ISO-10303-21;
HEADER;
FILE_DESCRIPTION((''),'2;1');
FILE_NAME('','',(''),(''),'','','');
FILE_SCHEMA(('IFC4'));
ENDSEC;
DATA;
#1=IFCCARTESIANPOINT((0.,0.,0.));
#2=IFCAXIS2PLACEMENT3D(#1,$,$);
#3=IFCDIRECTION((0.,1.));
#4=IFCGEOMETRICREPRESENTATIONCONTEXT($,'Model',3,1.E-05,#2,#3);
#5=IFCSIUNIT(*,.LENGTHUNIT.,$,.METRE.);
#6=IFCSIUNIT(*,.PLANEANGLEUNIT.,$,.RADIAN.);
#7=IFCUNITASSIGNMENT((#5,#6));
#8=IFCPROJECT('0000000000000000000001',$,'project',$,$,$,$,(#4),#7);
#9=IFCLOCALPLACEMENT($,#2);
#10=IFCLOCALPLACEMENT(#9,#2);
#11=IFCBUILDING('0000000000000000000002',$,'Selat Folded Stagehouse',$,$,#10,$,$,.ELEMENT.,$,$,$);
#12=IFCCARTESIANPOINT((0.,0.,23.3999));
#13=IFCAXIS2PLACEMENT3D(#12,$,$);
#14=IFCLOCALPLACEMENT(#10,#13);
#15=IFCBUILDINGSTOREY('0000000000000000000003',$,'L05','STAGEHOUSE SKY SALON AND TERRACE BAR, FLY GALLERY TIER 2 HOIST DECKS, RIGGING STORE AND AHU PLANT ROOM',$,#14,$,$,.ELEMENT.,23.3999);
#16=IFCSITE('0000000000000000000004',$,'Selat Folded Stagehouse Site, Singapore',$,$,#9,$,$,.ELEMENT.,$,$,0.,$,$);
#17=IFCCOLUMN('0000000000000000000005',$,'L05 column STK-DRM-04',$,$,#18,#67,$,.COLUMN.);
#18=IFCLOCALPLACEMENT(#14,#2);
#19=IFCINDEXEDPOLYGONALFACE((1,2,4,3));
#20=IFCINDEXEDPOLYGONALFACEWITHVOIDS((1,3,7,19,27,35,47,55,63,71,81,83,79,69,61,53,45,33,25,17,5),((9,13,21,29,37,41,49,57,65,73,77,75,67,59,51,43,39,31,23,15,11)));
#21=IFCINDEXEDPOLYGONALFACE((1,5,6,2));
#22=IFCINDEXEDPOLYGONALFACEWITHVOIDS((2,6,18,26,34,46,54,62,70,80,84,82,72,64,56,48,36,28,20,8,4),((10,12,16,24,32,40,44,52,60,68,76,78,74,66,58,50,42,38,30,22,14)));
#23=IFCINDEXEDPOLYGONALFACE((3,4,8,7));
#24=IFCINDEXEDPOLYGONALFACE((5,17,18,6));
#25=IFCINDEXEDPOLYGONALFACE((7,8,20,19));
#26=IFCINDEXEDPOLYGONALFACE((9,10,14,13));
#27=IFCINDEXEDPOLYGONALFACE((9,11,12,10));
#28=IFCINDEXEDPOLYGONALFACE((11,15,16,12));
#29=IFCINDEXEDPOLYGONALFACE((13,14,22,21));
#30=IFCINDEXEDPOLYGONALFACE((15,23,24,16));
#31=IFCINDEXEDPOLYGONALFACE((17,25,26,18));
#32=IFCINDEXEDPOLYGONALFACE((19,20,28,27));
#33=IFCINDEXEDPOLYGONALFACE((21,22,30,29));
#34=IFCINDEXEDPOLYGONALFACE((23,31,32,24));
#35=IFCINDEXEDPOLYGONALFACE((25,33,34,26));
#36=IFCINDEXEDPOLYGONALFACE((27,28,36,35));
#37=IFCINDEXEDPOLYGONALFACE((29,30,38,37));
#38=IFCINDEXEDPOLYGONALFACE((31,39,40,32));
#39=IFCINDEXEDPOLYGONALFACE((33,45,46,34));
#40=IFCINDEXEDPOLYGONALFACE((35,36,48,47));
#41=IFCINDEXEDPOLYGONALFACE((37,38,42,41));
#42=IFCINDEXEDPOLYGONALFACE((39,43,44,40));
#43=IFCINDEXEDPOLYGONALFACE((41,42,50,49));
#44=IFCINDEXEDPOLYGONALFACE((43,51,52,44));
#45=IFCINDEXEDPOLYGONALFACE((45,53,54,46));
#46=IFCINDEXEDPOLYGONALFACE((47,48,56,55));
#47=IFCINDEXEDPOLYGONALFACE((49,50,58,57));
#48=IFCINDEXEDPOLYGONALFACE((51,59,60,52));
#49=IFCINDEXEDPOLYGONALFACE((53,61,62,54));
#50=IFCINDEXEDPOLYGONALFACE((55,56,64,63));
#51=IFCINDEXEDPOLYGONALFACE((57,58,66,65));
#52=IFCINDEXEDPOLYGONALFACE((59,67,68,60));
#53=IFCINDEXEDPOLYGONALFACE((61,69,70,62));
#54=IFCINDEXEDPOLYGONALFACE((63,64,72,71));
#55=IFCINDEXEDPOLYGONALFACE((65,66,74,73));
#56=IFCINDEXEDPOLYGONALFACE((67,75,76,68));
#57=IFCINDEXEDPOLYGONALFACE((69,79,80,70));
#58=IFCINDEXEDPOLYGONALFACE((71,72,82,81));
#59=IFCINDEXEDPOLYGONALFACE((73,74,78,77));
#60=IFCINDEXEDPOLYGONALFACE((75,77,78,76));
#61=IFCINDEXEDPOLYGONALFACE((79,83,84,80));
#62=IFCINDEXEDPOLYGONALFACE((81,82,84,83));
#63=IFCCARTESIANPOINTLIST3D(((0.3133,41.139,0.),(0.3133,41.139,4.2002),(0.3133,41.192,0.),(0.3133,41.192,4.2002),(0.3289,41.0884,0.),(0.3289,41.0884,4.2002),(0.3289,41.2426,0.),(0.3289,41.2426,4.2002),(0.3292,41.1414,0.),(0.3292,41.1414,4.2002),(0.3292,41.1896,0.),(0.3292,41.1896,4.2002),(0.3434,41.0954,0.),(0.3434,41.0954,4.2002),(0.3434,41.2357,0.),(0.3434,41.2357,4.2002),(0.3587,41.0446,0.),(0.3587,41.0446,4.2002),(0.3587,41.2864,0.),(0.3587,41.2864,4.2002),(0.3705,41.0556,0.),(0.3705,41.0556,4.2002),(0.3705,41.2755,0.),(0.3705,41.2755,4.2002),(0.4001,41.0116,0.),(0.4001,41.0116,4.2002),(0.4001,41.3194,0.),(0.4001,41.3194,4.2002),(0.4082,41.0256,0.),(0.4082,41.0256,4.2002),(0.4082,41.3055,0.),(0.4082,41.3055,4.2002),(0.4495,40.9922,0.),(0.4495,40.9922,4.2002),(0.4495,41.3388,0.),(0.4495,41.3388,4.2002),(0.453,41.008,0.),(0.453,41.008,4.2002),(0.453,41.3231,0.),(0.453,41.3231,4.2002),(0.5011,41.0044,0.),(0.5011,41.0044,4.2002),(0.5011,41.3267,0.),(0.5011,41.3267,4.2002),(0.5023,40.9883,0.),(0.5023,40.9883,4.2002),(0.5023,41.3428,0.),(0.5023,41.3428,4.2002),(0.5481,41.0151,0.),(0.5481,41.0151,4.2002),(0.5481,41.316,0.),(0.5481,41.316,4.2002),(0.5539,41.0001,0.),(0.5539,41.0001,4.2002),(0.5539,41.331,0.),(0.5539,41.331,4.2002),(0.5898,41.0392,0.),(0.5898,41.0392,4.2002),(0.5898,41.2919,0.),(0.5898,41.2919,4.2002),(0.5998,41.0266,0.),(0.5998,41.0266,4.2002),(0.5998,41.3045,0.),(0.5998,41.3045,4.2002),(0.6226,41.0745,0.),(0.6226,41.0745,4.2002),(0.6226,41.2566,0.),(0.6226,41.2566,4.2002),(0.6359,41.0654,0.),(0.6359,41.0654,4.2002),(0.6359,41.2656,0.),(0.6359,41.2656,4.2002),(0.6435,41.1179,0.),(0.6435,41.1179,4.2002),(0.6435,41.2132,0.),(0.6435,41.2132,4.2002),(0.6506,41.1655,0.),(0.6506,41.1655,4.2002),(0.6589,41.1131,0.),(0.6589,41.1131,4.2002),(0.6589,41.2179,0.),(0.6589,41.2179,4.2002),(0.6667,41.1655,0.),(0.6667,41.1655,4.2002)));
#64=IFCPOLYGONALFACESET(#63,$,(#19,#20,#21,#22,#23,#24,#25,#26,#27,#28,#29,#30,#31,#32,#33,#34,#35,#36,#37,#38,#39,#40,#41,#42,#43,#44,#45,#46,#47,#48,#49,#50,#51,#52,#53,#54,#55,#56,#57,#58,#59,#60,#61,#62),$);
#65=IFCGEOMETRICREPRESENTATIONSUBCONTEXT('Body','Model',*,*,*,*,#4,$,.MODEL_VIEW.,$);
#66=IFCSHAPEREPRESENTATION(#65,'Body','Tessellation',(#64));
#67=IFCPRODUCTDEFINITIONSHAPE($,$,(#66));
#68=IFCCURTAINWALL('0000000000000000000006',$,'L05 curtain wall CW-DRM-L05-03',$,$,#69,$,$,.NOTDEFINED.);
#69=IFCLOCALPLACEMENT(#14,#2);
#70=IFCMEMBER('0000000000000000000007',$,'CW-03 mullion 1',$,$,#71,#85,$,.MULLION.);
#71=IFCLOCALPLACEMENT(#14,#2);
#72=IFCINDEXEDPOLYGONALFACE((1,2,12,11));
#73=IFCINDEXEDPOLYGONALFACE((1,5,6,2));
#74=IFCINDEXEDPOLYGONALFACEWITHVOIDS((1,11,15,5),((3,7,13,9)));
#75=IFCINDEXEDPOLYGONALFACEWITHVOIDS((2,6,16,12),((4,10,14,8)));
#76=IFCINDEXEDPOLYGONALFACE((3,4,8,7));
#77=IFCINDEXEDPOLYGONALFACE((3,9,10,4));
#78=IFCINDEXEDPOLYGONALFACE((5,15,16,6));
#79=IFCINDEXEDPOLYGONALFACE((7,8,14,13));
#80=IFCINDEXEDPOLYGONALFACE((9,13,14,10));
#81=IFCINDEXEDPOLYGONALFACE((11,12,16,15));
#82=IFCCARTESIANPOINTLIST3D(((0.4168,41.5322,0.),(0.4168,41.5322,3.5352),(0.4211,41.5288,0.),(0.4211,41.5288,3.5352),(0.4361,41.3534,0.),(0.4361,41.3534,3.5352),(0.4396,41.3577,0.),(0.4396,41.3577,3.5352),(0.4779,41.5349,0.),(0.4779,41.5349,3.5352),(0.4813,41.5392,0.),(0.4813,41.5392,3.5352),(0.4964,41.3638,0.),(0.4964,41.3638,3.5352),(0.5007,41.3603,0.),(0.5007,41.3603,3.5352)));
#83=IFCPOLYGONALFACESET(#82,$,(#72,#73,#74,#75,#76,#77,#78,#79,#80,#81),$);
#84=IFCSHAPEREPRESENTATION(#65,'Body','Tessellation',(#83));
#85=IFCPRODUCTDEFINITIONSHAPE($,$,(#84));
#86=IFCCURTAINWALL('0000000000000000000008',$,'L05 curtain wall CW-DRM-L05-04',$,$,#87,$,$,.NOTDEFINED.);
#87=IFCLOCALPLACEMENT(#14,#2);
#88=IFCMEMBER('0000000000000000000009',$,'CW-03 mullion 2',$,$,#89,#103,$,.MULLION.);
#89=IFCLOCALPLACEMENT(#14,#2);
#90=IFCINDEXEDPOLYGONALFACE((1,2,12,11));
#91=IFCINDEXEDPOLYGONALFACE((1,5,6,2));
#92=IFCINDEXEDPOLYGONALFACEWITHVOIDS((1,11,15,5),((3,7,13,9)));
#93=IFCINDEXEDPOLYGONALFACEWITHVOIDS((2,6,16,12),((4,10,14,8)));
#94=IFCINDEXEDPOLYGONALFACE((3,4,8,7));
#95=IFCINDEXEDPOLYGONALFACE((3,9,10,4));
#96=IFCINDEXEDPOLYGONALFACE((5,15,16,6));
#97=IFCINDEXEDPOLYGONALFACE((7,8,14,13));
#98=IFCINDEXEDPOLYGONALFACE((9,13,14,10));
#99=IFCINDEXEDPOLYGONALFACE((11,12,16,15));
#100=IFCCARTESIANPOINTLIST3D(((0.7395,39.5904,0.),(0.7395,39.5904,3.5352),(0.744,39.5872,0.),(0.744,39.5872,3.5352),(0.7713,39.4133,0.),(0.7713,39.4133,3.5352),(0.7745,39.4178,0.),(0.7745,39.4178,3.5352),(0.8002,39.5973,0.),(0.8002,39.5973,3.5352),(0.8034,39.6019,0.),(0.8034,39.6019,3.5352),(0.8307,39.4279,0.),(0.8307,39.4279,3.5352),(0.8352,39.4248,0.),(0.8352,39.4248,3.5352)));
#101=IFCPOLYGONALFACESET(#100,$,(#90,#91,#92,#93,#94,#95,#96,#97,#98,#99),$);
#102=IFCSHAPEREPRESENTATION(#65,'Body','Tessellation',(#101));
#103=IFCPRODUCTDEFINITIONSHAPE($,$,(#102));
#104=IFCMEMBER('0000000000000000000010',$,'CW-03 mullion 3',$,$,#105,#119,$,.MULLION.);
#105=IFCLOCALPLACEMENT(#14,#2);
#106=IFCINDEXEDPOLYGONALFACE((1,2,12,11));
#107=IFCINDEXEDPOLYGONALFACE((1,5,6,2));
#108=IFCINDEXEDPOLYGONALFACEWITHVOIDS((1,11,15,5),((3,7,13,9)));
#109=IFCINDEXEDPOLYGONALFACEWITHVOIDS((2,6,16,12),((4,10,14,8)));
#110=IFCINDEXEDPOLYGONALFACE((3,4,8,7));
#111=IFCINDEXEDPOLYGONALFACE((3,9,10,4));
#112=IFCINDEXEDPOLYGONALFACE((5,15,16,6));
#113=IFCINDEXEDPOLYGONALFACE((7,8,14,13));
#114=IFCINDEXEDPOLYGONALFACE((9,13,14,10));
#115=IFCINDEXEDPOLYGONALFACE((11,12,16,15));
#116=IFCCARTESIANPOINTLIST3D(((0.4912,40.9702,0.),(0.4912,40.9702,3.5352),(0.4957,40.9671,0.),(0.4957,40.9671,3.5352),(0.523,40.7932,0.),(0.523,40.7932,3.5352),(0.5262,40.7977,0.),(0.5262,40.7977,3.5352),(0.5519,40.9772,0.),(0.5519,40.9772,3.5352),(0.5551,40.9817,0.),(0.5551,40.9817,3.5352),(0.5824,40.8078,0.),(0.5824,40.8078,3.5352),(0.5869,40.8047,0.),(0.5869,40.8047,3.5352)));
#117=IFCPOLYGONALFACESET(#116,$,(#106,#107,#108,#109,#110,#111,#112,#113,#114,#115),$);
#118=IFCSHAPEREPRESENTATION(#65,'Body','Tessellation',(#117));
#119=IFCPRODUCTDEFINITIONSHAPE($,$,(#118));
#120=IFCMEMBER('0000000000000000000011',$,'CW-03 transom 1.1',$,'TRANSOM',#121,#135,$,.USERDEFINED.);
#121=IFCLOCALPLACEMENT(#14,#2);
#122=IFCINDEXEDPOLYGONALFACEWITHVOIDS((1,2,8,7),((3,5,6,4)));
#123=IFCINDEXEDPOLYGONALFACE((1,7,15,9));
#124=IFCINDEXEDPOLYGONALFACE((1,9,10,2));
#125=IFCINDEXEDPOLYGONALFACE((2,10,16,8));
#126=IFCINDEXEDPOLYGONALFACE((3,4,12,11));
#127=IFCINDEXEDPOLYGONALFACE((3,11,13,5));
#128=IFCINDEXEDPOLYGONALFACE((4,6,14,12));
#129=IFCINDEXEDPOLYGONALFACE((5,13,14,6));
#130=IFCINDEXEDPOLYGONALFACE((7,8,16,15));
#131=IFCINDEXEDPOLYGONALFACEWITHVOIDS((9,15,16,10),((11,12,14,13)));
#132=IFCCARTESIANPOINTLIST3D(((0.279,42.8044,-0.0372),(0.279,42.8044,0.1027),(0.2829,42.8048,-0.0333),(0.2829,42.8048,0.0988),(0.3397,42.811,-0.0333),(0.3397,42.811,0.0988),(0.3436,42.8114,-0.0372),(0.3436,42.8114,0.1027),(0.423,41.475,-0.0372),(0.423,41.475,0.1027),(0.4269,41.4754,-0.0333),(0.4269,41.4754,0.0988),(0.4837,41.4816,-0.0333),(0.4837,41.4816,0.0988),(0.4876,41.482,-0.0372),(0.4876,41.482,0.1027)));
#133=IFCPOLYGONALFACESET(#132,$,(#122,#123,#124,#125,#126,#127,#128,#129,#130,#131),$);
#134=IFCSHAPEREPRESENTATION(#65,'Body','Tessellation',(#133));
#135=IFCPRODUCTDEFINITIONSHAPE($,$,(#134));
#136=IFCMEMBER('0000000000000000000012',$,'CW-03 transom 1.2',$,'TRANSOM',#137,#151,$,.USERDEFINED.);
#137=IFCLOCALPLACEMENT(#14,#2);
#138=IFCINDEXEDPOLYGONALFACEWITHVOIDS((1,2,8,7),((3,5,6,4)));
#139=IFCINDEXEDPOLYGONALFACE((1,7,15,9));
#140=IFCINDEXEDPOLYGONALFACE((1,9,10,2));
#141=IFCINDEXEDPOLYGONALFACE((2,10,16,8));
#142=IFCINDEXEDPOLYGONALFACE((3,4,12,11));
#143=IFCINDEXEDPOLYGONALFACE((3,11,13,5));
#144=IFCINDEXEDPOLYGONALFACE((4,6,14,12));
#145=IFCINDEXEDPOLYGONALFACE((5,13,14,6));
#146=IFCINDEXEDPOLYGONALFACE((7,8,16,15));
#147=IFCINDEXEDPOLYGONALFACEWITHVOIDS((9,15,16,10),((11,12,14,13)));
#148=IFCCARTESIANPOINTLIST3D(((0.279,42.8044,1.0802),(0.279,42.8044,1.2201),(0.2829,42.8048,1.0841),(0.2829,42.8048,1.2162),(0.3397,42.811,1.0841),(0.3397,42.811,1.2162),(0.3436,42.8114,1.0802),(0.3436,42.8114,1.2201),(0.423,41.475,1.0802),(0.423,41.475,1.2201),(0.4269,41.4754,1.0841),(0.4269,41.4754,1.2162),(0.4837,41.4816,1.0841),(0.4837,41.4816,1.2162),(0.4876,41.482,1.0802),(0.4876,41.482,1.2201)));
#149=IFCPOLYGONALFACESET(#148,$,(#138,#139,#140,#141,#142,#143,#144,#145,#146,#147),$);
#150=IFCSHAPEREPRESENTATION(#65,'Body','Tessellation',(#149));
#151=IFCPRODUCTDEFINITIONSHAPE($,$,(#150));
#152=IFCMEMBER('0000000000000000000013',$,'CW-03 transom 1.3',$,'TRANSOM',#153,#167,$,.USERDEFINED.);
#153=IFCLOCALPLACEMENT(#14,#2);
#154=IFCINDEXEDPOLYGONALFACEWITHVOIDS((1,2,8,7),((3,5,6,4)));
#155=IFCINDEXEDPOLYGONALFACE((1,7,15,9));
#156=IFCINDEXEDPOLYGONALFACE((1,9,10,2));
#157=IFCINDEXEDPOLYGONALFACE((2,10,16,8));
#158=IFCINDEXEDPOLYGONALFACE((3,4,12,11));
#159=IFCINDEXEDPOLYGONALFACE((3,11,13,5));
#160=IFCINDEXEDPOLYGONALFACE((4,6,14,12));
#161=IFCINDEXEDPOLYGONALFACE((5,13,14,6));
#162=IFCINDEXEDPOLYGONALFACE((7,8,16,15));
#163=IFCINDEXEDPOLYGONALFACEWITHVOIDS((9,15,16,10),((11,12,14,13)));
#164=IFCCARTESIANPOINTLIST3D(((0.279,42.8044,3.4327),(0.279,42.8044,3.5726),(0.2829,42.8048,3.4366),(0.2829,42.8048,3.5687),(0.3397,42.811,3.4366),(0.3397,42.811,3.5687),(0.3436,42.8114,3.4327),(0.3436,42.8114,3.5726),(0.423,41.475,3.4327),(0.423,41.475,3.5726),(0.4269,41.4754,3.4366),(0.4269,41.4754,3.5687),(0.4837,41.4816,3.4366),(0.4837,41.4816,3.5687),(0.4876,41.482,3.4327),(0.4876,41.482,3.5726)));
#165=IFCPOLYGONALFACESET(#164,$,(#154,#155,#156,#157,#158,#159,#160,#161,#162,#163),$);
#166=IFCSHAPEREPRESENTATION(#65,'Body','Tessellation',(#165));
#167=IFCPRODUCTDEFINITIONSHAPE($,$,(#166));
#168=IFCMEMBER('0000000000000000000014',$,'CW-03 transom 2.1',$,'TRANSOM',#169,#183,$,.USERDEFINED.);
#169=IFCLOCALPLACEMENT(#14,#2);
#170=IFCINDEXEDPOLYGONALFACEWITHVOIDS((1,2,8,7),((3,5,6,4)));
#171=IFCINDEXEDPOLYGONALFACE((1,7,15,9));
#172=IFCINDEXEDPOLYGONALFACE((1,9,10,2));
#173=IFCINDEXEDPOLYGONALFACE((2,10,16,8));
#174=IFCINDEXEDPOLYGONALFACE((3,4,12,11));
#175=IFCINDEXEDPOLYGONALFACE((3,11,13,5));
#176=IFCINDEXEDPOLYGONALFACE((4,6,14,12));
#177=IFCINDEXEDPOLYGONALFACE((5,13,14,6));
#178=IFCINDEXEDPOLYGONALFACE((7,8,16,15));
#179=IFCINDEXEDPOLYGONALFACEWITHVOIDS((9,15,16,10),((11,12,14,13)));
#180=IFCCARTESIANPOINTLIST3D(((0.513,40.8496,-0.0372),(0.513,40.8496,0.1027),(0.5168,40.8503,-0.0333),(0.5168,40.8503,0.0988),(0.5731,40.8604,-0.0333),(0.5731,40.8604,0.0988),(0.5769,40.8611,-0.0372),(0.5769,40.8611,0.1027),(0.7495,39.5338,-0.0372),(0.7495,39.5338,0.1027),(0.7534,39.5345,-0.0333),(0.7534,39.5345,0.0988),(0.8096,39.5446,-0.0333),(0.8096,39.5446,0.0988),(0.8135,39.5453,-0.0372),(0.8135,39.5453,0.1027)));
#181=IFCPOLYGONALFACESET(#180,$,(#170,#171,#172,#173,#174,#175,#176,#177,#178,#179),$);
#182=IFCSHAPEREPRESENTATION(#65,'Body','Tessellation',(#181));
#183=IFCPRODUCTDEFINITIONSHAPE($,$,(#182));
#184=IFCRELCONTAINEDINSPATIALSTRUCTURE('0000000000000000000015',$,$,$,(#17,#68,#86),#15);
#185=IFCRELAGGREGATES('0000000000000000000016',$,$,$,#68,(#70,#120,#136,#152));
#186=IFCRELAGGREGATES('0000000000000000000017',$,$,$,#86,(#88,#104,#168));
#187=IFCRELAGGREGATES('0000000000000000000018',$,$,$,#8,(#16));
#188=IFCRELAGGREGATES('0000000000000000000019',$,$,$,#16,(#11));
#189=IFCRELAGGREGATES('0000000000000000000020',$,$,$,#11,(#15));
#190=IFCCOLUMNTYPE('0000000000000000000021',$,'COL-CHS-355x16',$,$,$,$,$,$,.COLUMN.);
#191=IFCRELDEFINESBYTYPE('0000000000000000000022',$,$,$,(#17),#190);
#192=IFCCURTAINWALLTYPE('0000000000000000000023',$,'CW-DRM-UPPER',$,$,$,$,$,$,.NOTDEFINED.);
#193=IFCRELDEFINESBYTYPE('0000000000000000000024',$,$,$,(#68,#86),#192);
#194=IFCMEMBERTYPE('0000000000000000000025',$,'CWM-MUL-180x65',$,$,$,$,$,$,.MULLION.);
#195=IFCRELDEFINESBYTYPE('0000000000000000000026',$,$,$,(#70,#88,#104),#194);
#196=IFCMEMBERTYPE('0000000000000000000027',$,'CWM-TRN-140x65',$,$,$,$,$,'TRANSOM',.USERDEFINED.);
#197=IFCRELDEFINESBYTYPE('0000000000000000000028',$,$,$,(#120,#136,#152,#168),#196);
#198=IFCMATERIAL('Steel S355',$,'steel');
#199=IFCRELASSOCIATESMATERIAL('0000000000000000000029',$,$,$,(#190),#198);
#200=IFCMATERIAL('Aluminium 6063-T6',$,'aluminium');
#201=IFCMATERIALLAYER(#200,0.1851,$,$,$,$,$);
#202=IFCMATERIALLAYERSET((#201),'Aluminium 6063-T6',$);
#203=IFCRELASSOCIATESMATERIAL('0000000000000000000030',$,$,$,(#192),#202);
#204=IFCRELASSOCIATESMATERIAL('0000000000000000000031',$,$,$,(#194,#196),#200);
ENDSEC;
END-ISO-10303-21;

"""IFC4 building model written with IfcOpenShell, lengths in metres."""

from ifc_helpers import new_model, si_unit, direction, frame, origin, origin_2d, place, context, subcontext, project, spatial, hollow_rectangle, hollow_circle, extrude, material, layer, layer_set, material_profile, profile_set, type_object, element, aggregate, save


model = new_model("IFC4")

# Units and contexts
model_context = context("Model", 3, precision=1e-05, world=origin(), true_north=direction((0.0, 1.0)))
body_context = subcontext(model_context, "Body", "Model", "MODEL_VIEW")
ifc_project = project(units=[si_unit("LENGTHUNIT", "METRE"), si_unit("PLANEANGLEUNIT", "RADIAN")], contexts=[model_context])

# Site, building, storey
site_placement = place(None, origin())
site = spatial("IfcSite", under=ifc_project, at=site_placement, Name="Selat Folded Stagehouse Site, Singapore", CompositionType="ELEMENT", RefElevation=0.0)
building_placement = place(site_placement, origin())
building = spatial("IfcBuilding", under=site, at=building_placement, Name="Selat Folded Stagehouse", CompositionType="ELEMENT")
storey_placement = place(building_placement, frame((0.0, 0.0, 23.3999)))
storey = spatial("IfcBuildingStorey", under=building, at=storey_placement, Name="L05", Description="STAGEHOUSE SKY SALON AND TERRACE BAR, FLY GALLERY TIER 2 HOIST DECKS, RIGGING STORE AND AHU PLANT ROOM", CompositionType="ELEMENT", Elevation=23.3999)

# Column
ifc_material_1 = material(Name="Steel S355", Category="steel")
ifc_material_profile_1 = material_profile(ifc_material_1, hollow_circle(Radius=0.1777, WallThickness=0.0161, at=origin_2d()), Name="CHS 355.6x16.0")
ifc_profile_set_1 = profile_set([ifc_material_profile_1], Name="Steel S355")
column_type = type_object("IfcColumnType", Name="COL-CHS-355x16", PredefinedType="COLUMN", material=ifc_profile_set_1)
column_placement = place(storey_placement, frame((0.489, 41.1655, 0.0), z_axis=(0.0, 0.0, 1.0), x_axis=(1.0, 0.0, 0.0)))
element("IfcColumn", 1, at=column_placement, inside=storey, type_object=column_type, Name="L05 column STK-DRM-04", PredefinedType="COLUMN", context=body_context, shape_type="SweptSolid", body=[
    extrude(hollow_circle(Radius=0.1777, WallThickness=0.0161, at=origin_2d()), origin(), (0.0, 0.0, 1.0), 4.2002),
])

# Curtain wall, member
ifc_material_2 = material(Name="Aluminium 6063-T6", Category="aluminium")
ifc_layer_1 = layer(ifc_material_2, 0.1851)
ifc_layer_set_1 = layer_set([ifc_layer_1], Name="Aluminium 6063-T6")
curtain_wall_type = type_object("IfcCurtainWallType", Name="CW-DRM-UPPER", PredefinedType="NOTDEFINED", material=ifc_layer_set_1)
curtain_wall_1_placement = place(storey_placement, origin())
curtain_wall_1 = element("IfcCurtainWall", 2, at=curtain_wall_1_placement, inside=storey, type_object=curtain_wall_type, Name="L05 curtain wall CW-DRM-L05-03", PredefinedType="NOTDEFINED")
ifc_material_profile_2 = material_profile(ifc_material_2, hollow_rectangle(XDim=0.0649, YDim=0.1799, WallThickness=0.0039, at=origin_2d()), Name="ALU 180x65x4.0")
ifc_profile_set_2 = profile_set([ifc_material_profile_2], Name="Aluminium 6063-T6")
member_type_1 = type_object("IfcMemberType", Name="CWM-MUL-180x65", PredefinedType="MULLION", material=ifc_profile_set_2)
member_1_placement = place(storey_placement, frame((0.4587, 41.4463, 0.0), z_axis=(0.0, 0.0, 1.0), x_axis=(-0.994199, -0.107558, 0.0)))
member_1 = element("IfcMember", 3, at=member_1_placement, type_object=member_type_1, Name="CW-03 mullion 1", PredefinedType="MULLION", context=body_context, shape_type="SweptSolid", body=[
    extrude(hollow_rectangle(XDim=0.0649, YDim=0.1799, WallThickness=0.0039, at=origin_2d()), origin(), (0.0, 0.0, 1.0), 3.5352),
])

# Curtain wall, members
curtain_wall_2_placement = place(storey_placement, origin())
curtain_wall_2 = element("IfcCurtainWall", 4, at=curtain_wall_2_placement, inside=storey, type_object=curtain_wall_type, Name="L05 curtain wall CW-DRM-L05-04", PredefinedType="NOTDEFINED")
member_2_placement = place(storey_placement, frame((0.7874, 39.5076, 0.0), z_axis=(0.0, 0.0, 1.0), x_axis=(-0.984211, -0.177002, 0.0)))
member_2 = element("IfcMember", 5, at=member_2_placement, type_object=member_type_1, Name="CW-03 mullion 2", PredefinedType="MULLION", context=body_context, shape_type="SweptSolid", body=[
    extrude(hollow_rectangle(XDim=0.0649, YDim=0.1799, WallThickness=0.0039, at=origin_2d()), origin(), (0.0, 0.0, 1.0), 3.5352),
])
member_3_placement = place(storey_placement, frame((0.5391, 40.8875, 0.0), z_axis=(0.0, 0.0, 1.0), x_axis=(-0.984211, -0.177002, 0.0)))
member_3 = element("IfcMember", 6, at=member_3_placement, type_object=member_type_1, Name="CW-03 mullion 3", PredefinedType="MULLION", context=body_context, shape_type="SweptSolid", body=[
    extrude(hollow_rectangle(XDim=0.0649, YDim=0.1799, WallThickness=0.0039, at=origin_2d()), origin(), (0.0, 0.0, 1.0), 3.5352),
])

# Members
ifc_material_profile_3 = material_profile(ifc_material_2, hollow_rectangle(XDim=0.0649, YDim=0.1399, WallThickness=0.0039, at=origin_2d()), Name="ALU 140x65x4.0")
ifc_profile_set_3 = profile_set([ifc_material_profile_3], Name="Aluminium 6063-T6")
member_type_2 = type_object("IfcMemberType", Name="CWM-TRN-140x65", ElementType="TRANSOM", PredefinedType="USERDEFINED", material=ifc_profile_set_3)
member_4_placement = place(storey_placement, frame((0.4553, 41.4785, 0.0327), z_axis=(-0.107726, 0.994181, 0.0), x_axis=(-0.994181, -0.107726, 0.0)))
member_4 = element("IfcMember", 7, at=member_4_placement, type_object=member_type_2, Name="CW-03 transom 1.1", ObjectType="TRANSOM", PredefinedType="USERDEFINED", context=body_context, shape_type="SweptSolid", body=[
    extrude(hollow_rectangle(XDim=0.0649, YDim=0.1399, WallThickness=0.0039, at=origin_2d()), origin(), (0.0, 0.0, 1.0), 1.3372),
])
member_5_placement = place(storey_placement, frame((0.4553, 41.4785, 1.1501), z_axis=(-0.107726, 0.994181, 0.0), x_axis=(-0.994181, -0.107726, 0.0)))
member_5 = element("IfcMember", 8, at=member_5_placement, type_object=member_type_2, Name="CW-03 transom 1.2", ObjectType="TRANSOM", PredefinedType="USERDEFINED", context=body_context, shape_type="SweptSolid", body=[
    extrude(hollow_rectangle(XDim=0.0649, YDim=0.1399, WallThickness=0.0039, at=origin_2d()), origin(), (0.0, 0.0, 1.0), 1.3372),
])
member_6_placement = place(storey_placement, frame((0.4553, 41.4785, 3.5027), z_axis=(-0.107726, 0.994181, 0.0), x_axis=(-0.994181, -0.107726, 0.0)))
member_6 = element("IfcMember", 9, at=member_6_placement, type_object=member_type_2, Name="CW-03 transom 1.3", ObjectType="TRANSOM", PredefinedType="USERDEFINED", context=body_context, shape_type="SweptSolid", body=[
    extrude(hollow_rectangle(XDim=0.0649, YDim=0.1399, WallThickness=0.0039, at=origin_2d()), origin(), (0.0, 0.0, 1.0), 1.3372),
])
aggregate(curtain_wall_1, [member_1, member_4, member_5, member_6])
member_7_placement = place(storey_placement, frame((0.7815, 39.5396, 0.0327), z_axis=(-0.176941, 0.984222, 0.0), x_axis=(-0.984222, -0.176941, 0.0)))
member_7 = element("IfcMember", 10, at=member_7_placement, type_object=member_type_2, Name="CW-03 transom 2.1", ObjectType="TRANSOM", PredefinedType="USERDEFINED", context=body_context, shape_type="SweptSolid", body=[
    extrude(hollow_rectangle(XDim=0.0649, YDim=0.1399, WallThickness=0.0039, at=origin_2d()), origin(), (0.0, 0.0, 1.0), 1.3369),
])

aggregate(curtain_wall_2, [member_2, member_3, member_7])

save(model, "model.ifc")
